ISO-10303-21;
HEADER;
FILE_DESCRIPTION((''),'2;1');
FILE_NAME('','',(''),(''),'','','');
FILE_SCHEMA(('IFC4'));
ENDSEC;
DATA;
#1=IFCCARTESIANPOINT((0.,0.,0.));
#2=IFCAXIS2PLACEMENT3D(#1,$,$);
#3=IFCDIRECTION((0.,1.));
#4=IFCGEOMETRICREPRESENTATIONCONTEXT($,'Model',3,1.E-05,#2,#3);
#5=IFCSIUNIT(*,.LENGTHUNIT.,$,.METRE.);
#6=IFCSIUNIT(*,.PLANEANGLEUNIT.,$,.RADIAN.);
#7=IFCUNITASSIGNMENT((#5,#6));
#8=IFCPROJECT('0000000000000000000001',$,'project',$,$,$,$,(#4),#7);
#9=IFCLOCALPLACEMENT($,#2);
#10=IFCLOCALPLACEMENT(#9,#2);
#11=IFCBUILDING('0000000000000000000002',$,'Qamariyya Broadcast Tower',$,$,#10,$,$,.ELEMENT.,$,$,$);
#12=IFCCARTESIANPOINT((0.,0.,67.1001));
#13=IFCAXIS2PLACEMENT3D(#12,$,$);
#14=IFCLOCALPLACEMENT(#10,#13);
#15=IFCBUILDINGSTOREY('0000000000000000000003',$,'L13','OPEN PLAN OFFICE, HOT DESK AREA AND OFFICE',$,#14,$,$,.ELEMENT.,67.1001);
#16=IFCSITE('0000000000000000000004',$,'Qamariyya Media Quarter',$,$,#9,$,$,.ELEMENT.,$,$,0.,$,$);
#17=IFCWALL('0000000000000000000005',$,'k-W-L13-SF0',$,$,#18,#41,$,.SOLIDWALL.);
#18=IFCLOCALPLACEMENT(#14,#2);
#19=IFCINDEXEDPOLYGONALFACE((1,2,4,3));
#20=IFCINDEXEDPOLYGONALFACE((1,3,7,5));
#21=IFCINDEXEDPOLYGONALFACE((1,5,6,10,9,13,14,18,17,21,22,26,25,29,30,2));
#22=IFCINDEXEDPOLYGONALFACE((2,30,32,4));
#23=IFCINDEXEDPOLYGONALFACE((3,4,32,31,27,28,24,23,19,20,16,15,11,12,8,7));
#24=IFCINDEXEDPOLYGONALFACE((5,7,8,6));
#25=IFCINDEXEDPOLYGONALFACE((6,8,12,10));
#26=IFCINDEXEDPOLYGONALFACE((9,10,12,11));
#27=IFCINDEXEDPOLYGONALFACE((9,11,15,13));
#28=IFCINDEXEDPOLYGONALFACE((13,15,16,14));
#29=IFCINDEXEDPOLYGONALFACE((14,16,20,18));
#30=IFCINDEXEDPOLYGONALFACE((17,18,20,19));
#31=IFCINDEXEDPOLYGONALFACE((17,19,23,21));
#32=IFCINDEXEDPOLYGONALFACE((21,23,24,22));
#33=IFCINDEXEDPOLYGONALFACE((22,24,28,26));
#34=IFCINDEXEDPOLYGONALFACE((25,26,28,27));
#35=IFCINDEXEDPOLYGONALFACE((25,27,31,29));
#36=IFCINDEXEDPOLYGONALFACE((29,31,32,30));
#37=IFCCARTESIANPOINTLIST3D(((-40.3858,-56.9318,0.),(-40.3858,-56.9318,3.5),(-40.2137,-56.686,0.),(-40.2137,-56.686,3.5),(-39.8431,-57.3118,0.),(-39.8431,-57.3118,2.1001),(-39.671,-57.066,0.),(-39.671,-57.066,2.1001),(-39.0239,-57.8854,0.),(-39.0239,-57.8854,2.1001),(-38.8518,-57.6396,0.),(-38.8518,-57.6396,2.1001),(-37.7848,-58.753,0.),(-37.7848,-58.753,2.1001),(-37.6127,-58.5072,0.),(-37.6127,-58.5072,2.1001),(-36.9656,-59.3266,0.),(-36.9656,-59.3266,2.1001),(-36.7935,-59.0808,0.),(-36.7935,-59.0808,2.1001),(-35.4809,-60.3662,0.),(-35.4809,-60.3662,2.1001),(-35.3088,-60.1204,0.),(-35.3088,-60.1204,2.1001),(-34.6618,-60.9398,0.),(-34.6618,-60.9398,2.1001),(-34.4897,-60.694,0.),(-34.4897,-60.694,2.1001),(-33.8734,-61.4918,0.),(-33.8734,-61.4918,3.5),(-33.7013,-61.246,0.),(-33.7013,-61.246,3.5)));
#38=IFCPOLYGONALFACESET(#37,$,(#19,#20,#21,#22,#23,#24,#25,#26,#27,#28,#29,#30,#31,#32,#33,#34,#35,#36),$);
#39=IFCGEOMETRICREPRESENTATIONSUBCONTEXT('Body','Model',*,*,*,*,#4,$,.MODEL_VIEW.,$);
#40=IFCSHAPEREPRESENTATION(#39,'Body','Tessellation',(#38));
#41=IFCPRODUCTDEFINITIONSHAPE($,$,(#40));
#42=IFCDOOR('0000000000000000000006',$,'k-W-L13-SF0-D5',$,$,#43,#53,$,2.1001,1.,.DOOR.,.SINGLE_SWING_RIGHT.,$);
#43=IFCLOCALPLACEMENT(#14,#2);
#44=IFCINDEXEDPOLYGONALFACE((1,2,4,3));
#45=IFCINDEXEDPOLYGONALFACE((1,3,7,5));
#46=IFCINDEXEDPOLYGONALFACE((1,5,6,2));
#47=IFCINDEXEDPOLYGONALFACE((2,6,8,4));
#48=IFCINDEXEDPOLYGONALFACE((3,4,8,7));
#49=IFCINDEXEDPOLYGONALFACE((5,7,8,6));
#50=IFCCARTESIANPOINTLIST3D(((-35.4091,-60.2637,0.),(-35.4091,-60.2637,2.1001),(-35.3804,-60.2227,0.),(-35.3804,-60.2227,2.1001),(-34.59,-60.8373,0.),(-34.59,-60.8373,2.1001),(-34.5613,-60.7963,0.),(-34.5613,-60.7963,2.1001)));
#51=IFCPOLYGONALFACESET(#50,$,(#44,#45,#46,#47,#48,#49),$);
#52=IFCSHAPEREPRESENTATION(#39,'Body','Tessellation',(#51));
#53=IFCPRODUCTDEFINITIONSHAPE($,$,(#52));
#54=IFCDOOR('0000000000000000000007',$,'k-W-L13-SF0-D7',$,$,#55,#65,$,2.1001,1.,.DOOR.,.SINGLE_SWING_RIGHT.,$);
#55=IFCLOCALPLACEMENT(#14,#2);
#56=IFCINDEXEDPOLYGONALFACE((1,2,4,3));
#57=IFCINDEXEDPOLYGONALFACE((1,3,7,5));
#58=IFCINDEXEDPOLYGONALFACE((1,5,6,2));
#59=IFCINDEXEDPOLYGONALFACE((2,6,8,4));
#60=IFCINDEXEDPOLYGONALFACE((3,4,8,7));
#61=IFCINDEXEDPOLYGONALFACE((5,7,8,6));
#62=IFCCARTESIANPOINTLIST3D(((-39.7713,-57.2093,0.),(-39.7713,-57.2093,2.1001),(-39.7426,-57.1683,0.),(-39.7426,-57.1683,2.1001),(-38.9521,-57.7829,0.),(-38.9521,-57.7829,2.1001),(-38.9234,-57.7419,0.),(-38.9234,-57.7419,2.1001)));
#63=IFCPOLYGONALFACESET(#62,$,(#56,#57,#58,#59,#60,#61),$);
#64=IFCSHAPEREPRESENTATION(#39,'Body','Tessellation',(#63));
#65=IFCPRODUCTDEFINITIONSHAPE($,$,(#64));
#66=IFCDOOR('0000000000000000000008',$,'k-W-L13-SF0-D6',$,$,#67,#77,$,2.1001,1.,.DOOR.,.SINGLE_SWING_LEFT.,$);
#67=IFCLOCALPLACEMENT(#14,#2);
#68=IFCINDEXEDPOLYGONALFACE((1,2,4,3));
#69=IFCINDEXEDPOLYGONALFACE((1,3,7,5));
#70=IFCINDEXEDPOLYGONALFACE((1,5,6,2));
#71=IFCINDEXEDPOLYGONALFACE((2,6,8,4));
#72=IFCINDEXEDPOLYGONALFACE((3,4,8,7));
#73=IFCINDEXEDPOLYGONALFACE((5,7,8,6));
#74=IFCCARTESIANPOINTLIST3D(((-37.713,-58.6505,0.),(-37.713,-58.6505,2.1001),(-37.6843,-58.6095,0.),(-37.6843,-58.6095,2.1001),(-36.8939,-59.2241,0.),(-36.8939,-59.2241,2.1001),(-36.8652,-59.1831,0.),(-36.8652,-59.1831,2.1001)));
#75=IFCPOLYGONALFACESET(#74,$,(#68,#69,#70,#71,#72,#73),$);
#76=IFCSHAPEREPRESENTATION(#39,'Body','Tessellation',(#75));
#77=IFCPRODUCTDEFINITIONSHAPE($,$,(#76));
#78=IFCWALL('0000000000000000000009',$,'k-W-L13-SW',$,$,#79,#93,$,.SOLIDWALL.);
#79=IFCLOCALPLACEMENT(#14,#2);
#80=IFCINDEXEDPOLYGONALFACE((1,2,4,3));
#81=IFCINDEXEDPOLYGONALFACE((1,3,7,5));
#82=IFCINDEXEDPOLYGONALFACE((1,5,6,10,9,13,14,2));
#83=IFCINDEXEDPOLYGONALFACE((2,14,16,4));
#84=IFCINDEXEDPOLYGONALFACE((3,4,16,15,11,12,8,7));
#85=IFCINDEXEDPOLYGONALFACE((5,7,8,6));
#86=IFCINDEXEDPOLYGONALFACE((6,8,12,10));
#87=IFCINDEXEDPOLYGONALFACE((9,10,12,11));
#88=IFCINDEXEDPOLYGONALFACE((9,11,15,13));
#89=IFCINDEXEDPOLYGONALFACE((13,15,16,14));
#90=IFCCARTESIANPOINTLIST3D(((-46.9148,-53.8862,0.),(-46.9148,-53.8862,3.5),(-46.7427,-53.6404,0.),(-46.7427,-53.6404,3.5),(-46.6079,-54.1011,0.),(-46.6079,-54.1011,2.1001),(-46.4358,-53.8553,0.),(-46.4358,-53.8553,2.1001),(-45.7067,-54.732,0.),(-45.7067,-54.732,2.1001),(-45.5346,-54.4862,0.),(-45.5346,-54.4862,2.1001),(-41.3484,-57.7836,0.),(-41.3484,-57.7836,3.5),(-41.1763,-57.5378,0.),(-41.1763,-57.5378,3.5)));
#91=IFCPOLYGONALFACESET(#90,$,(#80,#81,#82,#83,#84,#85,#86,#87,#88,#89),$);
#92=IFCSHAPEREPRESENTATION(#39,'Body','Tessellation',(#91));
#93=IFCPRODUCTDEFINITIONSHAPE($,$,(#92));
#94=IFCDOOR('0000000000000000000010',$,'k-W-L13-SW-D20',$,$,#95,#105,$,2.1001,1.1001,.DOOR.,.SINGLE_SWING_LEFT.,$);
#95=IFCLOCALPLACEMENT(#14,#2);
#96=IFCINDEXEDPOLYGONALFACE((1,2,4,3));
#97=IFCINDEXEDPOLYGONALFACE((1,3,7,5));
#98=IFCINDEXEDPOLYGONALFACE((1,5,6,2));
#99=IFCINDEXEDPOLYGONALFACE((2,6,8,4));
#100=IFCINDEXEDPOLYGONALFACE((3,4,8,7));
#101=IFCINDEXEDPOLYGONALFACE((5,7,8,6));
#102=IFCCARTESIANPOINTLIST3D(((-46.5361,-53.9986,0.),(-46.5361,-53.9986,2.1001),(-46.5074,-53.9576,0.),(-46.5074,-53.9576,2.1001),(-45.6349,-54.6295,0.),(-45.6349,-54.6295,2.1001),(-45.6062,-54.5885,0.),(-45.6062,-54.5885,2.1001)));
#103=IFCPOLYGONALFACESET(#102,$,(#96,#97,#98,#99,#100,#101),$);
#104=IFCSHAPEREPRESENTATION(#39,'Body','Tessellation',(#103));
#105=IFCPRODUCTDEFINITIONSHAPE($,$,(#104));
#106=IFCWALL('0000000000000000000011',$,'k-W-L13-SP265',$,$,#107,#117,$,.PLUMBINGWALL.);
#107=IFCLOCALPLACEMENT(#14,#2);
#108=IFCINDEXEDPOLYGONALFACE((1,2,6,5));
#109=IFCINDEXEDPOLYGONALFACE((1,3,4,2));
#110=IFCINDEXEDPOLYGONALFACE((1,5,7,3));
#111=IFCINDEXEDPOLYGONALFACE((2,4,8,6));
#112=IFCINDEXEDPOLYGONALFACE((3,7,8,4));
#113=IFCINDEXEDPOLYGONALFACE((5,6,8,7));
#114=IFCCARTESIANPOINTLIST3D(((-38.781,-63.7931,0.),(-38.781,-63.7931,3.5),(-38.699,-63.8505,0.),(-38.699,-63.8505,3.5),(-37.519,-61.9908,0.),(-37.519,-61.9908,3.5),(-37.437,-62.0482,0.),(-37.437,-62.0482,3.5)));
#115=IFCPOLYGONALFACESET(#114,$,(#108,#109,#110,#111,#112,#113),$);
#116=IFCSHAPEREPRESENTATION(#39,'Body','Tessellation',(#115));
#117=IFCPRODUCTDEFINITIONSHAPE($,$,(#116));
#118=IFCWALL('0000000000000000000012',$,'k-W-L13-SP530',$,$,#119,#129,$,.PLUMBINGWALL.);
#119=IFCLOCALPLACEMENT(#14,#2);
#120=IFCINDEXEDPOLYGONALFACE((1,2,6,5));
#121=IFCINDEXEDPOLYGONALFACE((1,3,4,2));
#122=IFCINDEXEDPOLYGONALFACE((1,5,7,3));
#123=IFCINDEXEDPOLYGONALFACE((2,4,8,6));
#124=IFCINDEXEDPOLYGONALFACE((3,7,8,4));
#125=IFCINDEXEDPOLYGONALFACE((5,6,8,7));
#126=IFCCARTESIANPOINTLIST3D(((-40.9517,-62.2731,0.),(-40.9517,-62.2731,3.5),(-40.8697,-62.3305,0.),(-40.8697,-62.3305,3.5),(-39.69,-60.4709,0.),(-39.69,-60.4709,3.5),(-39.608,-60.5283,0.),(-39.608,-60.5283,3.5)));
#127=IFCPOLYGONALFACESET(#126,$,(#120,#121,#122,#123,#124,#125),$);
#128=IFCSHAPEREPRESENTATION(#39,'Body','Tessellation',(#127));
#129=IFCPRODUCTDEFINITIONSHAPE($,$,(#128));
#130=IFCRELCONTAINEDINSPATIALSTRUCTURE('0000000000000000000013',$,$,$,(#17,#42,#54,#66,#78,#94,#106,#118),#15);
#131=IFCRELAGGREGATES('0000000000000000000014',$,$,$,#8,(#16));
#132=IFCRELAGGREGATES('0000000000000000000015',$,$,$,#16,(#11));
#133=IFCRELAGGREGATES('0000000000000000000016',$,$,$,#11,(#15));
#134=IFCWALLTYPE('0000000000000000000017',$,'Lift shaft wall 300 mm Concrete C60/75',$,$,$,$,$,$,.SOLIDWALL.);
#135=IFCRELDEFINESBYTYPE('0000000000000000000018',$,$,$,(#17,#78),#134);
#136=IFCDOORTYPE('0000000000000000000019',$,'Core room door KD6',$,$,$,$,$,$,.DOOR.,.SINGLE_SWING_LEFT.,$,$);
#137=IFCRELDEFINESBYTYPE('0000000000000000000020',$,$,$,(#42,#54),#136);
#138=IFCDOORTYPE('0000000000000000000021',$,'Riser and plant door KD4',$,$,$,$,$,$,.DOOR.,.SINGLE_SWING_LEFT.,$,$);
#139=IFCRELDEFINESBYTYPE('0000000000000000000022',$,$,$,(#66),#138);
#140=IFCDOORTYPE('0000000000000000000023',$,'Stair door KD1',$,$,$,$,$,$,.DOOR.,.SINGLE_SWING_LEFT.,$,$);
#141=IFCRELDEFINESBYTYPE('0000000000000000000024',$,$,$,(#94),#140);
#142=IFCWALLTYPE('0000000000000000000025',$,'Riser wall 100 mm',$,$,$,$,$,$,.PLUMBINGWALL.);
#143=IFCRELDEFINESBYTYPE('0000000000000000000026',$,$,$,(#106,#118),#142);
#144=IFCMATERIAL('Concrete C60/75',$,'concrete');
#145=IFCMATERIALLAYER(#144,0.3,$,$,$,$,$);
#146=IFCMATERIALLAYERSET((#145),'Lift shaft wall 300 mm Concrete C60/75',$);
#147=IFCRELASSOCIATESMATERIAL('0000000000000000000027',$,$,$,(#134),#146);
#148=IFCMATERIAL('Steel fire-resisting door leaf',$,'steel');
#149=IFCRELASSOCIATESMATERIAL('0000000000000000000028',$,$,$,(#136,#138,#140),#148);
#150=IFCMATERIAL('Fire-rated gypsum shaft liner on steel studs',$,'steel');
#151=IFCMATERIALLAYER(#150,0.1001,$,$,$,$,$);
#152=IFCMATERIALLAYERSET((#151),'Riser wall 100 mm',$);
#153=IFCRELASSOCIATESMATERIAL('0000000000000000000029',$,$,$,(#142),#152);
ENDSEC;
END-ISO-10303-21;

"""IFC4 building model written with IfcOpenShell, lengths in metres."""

from ifc_helpers import new_model, si_unit, direction, frame, frame_2d, origin, place, context, subcontext, project, spatial, rectangle, extrude, material, layer, layer_set, type_object, element, fill, save


model = new_model("IFC4")

# Units and contexts
model_context = context("Model", 3, precision=1e-05, world=origin(), true_north=direction((0.0, 1.0)))
body_context = subcontext(model_context, "Body", "Model", "MODEL_VIEW")
ifc_project = project(units=[si_unit("LENGTHUNIT", "METRE"), si_unit("PLANEANGLEUNIT", "RADIAN")], contexts=[model_context])

# Site, building, storey
site_placement = place(None, origin())
site = spatial("IfcSite", under=ifc_project, at=site_placement, Name="Qamariyya Media Quarter", CompositionType="ELEMENT", RefElevation=0.0)
building_placement = place(site_placement, origin())
building = spatial("IfcBuilding", under=site, at=building_placement, Name="Qamariyya Broadcast Tower", CompositionType="ELEMENT")
storey_placement = place(building_placement, frame((0.0, 0.0, 67.1001)))
storey = spatial("IfcBuildingStorey", under=building, at=storey_placement, Name="L13", Description="OPEN PLAN OFFICE, HOT DESK AREA AND OFFICE", CompositionType="ELEMENT", Elevation=67.1001)

# Shared definitions
ifc_material_1 = material(Name="Concrete C60/75", Category="concrete")
ifc_layer_1 = layer(ifc_material_1, 0.3)
ifc_layer_set_1 = layer_set([ifc_layer_1], Name="Lift shaft wall 300 mm Concrete C60/75")
wall_type_1 = type_object("IfcWallType", Name="Lift shaft wall 300 mm Concrete C60/75", PredefinedType="SOLIDWALL", material=ifc_layer_set_1)
ifc_material_2 = material(Name="Steel fire-resisting door leaf", Category="steel")

# Wall, openings, doors
wall_1_placement = place(storey_placement, frame((-33.7874, -61.3689, 0.0), z_axis=(0.0, 0.0, 1.0), x_axis=(-0.819153, 0.573576, 0.0)))
wall_1 = element("IfcWall", 1, at=wall_1_placement, inside=storey, type_object=wall_type_1, Name="k-W-L13-SF0", PredefinedType="SOLIDWALL", context=body_context, shape_type="SweptSolid", body=[
    extrude(rectangle(XDim=7.9502, YDim=0.3, at=frame_2d((3.9751, 0.0))), origin(), (0.0, 0.0, 1.0), 3.5),
])
opening_1_placement = place(wall_1_placement, frame((0.9624, 0.0, 0.0)))
opening_1 = element("IfcOpeningElement", 2, at=opening_1_placement, cuts=wall_1, PredefinedType="OPENING", context=body_context, shape_type="SweptSolid", body=[
    extrude(rectangle(XDim=1.0, YDim=2.1001, at=frame_2d((0.5, 1.05))), frame((0.0, 0.1599, 0.0), z_axis=(0.0, -1.0, 0.0), x_axis=(1.0, 0.0, 0.0)), (0.0, 0.0, 1.0), 0.3201),
])
opening_2_placement = place(wall_1_placement, frame((3.7749, 0.0, 0.0)))
opening_2 = element("IfcOpeningElement", 3, at=opening_2_placement, cuts=wall_1, PredefinedType="OPENING", context=body_context, shape_type="SweptSolid", body=[
    extrude(rectangle(XDim=1.0, YDim=2.1001, at=frame_2d((0.5, 1.05))), frame((0.0, 0.1599, 0.0), z_axis=(0.0, -1.0, 0.0), x_axis=(1.0, 0.0, 0.0)), (0.0, 0.0, 1.0), 0.3201),
])
opening_3_placement = place(wall_1_placement, frame((6.2876, 0.0, 0.0)))
opening_3 = element("IfcOpeningElement", 4, at=opening_3_placement, cuts=wall_1, PredefinedType="OPENING", context=body_context, shape_type="SweptSolid", body=[
    extrude(rectangle(XDim=1.0, YDim=2.1001, at=frame_2d((0.5, 1.05))), frame((0.0, 0.1599, 0.0), z_axis=(0.0, -1.0, 0.0), x_axis=(1.0, 0.0, 0.0)), (0.0, 0.0, 1.0), 0.3201),
])
door_type_1 = type_object("IfcDoorType", Name="Core room door KD6", OperationType="SINGLE_SWING_LEFT", PredefinedType="DOOR", material=ifc_material_2)
door_1_placement = place(opening_1_placement, origin())
door_1 = element("IfcDoor", 5, at=door_1_placement, inside=storey, type_object=door_type_1, Name="k-W-L13-SF0-D5", OperationType="SINGLE_SWING_RIGHT", OverallHeight=2.1001, OverallWidth=1.0, PredefinedType="DOOR", context=body_context, shape_type="SweptSolid", body=[
    extrude(rectangle(XDim=1.0, YDim=2.1001, at=frame_2d((0.5, 1.05))), frame((0.0, 0.0249, 0.0), z_axis=(0.0, -1.0, 0.0), x_axis=(1.0, 0.0, 0.0)), (0.0, 0.0, 1.0), 0.05),
])
fill(opening_1, door_1)
door_2_placement = place(opening_3_placement, origin())
door_2 = element("IfcDoor", 6, at=door_2_placement, inside=storey, type_object=door_type_1, Name="k-W-L13-SF0-D7", OperationType="SINGLE_SWING_RIGHT", OverallHeight=2.1001, OverallWidth=1.0, PredefinedType="DOOR", context=body_context, shape_type="SweptSolid", body=[
    extrude(rectangle(XDim=1.0, YDim=2.1001, at=frame_2d((0.5, 1.05))), frame((0.0, 0.0249, 0.0), z_axis=(0.0, -1.0, 0.0), x_axis=(1.0, 0.0, 0.0)), (0.0, 0.0, 1.0), 0.05),
])
fill(opening_3, door_2)
door_type_2 = type_object("IfcDoorType", Name="Riser and plant door KD4", OperationType="SINGLE_SWING_LEFT", PredefinedType="DOOR", material=ifc_material_2)
door_3_placement = place(opening_2_placement, origin())
door_3 = element("IfcDoor", 7, at=door_3_placement, inside=storey, type_object=door_type_2, Name="k-W-L13-SF0-D6", OperationType="SINGLE_SWING_LEFT", OverallHeight=2.1001, OverallWidth=1.0, PredefinedType="DOOR", context=body_context, shape_type="SweptSolid", body=[
    extrude(rectangle(XDim=1.0, YDim=2.1001, at=frame_2d((0.5, 1.05))), frame((0.0, 0.0249, 0.0), z_axis=(0.0, -1.0, 0.0), x_axis=(1.0, 0.0, 0.0)), (0.0, 0.0, 1.0), 0.05),
])
fill(opening_2, door_3)

# Wall, opening, door
wall_2_placement = place(storey_placement, frame((-41.2625, -57.6606, 0.0), z_axis=(0.0, 0.0, 1.0), x_axis=(-0.819164, 0.573559, 0.0)))
wall_2 = element("IfcWall", 8, at=wall_2_placement, inside=storey, type_object=wall_type_1, Name="k-W-L13-SW", PredefinedType="SOLIDWALL", context=body_context, shape_type="SweptSolid", body=[
    extrude(rectangle(XDim=6.7952, YDim=0.3, at=frame_2d((3.3975, 0.0))), origin(), (0.0, 0.0, 1.0), 3.5),
])
opening_4_placement = place(wall_2_placement, frame((5.3203, 0.0, 0.0)))
opening_4 = element("IfcOpeningElement", 9, at=opening_4_placement, cuts=wall_2, PredefinedType="OPENING", context=body_context, shape_type="SweptSolid", body=[
    extrude(rectangle(XDim=1.1001, YDim=2.1001, at=frame_2d((0.55, 1.05))), frame((0.0, 0.1599, 0.0), z_axis=(0.0, -1.0, 0.0), x_axis=(1.0, 0.0, 0.0)), (0.0, 0.0, 1.0), 0.3201),
])
door_type_3 = type_object("IfcDoorType", Name="Stair door KD1", OperationType="SINGLE_SWING_LEFT", PredefinedType="DOOR", material=ifc_material_2)
door_4_placement = place(opening_4_placement, origin())
door_4 = element("IfcDoor", 10, at=door_4_placement, inside=storey, type_object=door_type_3, Name="k-W-L13-SW-D20", OperationType="SINGLE_SWING_LEFT", OverallHeight=2.1001, OverallWidth=1.1001, PredefinedType="DOOR", context=body_context, shape_type="SweptSolid", body=[
    extrude(rectangle(XDim=1.1001, YDim=2.1001, at=frame_2d((0.55, 1.05))), frame((0.0, 0.0249, 0.0), z_axis=(0.0, -1.0, 0.0), x_axis=(1.0, 0.0, 0.0)), (0.0, 0.0, 1.0), 0.05),
])
fill(opening_4, door_4)

# Walls
ifc_material_3 = material(Name="Fire-rated gypsum shaft liner on steel studs", Category="steel")
ifc_layer_2 = layer(ifc_material_3, 0.1001)
ifc_layer_set_2 = layer_set([ifc_layer_2], Name="Riser wall 100 mm")
wall_type_2 = type_object("IfcWallType", Name="Riser wall 100 mm", PredefinedType="PLUMBINGWALL", material=ifc_layer_set_2)
wall_3_placement = place(storey_placement, frame((-37.478, -62.0195, 0.0), z_axis=(0.0, 0.0, 1.0), x_axis=(-0.573581, -0.819149, 0.0)))
element("IfcWall", 11, at=wall_3_placement, inside=storey, type_object=wall_type_2, Name="k-W-L13-SP265", PredefinedType="PLUMBINGWALL", context=body_context, shape_type="SweptSolid", body=[
    extrude(rectangle(XDim=2.2002, YDim=0.1001, at=frame_2d((1.1001, 0.0))), origin(), (0.0, 0.0, 1.0), 3.5),
])
wall_4_placement = place(storey_placement, frame((-39.6489, -60.4995, 0.0), z_axis=(0.0, 0.0, 1.0), x_axis=(-0.573507, -0.819201, 0.0)))
element("IfcWall", 12, at=wall_4_placement, inside=storey, type_object=wall_type_2, Name="k-W-L13-SP530", PredefinedType="PLUMBINGWALL", context=body_context, shape_type="SweptSolid", body=[
    extrude(rectangle(XDim=2.2, YDim=0.1001, at=frame_2d((1.1001, 0.0))), origin(), (0.0, 0.0, 1.0), 3.5),
])

save(model, "model.ifc")
